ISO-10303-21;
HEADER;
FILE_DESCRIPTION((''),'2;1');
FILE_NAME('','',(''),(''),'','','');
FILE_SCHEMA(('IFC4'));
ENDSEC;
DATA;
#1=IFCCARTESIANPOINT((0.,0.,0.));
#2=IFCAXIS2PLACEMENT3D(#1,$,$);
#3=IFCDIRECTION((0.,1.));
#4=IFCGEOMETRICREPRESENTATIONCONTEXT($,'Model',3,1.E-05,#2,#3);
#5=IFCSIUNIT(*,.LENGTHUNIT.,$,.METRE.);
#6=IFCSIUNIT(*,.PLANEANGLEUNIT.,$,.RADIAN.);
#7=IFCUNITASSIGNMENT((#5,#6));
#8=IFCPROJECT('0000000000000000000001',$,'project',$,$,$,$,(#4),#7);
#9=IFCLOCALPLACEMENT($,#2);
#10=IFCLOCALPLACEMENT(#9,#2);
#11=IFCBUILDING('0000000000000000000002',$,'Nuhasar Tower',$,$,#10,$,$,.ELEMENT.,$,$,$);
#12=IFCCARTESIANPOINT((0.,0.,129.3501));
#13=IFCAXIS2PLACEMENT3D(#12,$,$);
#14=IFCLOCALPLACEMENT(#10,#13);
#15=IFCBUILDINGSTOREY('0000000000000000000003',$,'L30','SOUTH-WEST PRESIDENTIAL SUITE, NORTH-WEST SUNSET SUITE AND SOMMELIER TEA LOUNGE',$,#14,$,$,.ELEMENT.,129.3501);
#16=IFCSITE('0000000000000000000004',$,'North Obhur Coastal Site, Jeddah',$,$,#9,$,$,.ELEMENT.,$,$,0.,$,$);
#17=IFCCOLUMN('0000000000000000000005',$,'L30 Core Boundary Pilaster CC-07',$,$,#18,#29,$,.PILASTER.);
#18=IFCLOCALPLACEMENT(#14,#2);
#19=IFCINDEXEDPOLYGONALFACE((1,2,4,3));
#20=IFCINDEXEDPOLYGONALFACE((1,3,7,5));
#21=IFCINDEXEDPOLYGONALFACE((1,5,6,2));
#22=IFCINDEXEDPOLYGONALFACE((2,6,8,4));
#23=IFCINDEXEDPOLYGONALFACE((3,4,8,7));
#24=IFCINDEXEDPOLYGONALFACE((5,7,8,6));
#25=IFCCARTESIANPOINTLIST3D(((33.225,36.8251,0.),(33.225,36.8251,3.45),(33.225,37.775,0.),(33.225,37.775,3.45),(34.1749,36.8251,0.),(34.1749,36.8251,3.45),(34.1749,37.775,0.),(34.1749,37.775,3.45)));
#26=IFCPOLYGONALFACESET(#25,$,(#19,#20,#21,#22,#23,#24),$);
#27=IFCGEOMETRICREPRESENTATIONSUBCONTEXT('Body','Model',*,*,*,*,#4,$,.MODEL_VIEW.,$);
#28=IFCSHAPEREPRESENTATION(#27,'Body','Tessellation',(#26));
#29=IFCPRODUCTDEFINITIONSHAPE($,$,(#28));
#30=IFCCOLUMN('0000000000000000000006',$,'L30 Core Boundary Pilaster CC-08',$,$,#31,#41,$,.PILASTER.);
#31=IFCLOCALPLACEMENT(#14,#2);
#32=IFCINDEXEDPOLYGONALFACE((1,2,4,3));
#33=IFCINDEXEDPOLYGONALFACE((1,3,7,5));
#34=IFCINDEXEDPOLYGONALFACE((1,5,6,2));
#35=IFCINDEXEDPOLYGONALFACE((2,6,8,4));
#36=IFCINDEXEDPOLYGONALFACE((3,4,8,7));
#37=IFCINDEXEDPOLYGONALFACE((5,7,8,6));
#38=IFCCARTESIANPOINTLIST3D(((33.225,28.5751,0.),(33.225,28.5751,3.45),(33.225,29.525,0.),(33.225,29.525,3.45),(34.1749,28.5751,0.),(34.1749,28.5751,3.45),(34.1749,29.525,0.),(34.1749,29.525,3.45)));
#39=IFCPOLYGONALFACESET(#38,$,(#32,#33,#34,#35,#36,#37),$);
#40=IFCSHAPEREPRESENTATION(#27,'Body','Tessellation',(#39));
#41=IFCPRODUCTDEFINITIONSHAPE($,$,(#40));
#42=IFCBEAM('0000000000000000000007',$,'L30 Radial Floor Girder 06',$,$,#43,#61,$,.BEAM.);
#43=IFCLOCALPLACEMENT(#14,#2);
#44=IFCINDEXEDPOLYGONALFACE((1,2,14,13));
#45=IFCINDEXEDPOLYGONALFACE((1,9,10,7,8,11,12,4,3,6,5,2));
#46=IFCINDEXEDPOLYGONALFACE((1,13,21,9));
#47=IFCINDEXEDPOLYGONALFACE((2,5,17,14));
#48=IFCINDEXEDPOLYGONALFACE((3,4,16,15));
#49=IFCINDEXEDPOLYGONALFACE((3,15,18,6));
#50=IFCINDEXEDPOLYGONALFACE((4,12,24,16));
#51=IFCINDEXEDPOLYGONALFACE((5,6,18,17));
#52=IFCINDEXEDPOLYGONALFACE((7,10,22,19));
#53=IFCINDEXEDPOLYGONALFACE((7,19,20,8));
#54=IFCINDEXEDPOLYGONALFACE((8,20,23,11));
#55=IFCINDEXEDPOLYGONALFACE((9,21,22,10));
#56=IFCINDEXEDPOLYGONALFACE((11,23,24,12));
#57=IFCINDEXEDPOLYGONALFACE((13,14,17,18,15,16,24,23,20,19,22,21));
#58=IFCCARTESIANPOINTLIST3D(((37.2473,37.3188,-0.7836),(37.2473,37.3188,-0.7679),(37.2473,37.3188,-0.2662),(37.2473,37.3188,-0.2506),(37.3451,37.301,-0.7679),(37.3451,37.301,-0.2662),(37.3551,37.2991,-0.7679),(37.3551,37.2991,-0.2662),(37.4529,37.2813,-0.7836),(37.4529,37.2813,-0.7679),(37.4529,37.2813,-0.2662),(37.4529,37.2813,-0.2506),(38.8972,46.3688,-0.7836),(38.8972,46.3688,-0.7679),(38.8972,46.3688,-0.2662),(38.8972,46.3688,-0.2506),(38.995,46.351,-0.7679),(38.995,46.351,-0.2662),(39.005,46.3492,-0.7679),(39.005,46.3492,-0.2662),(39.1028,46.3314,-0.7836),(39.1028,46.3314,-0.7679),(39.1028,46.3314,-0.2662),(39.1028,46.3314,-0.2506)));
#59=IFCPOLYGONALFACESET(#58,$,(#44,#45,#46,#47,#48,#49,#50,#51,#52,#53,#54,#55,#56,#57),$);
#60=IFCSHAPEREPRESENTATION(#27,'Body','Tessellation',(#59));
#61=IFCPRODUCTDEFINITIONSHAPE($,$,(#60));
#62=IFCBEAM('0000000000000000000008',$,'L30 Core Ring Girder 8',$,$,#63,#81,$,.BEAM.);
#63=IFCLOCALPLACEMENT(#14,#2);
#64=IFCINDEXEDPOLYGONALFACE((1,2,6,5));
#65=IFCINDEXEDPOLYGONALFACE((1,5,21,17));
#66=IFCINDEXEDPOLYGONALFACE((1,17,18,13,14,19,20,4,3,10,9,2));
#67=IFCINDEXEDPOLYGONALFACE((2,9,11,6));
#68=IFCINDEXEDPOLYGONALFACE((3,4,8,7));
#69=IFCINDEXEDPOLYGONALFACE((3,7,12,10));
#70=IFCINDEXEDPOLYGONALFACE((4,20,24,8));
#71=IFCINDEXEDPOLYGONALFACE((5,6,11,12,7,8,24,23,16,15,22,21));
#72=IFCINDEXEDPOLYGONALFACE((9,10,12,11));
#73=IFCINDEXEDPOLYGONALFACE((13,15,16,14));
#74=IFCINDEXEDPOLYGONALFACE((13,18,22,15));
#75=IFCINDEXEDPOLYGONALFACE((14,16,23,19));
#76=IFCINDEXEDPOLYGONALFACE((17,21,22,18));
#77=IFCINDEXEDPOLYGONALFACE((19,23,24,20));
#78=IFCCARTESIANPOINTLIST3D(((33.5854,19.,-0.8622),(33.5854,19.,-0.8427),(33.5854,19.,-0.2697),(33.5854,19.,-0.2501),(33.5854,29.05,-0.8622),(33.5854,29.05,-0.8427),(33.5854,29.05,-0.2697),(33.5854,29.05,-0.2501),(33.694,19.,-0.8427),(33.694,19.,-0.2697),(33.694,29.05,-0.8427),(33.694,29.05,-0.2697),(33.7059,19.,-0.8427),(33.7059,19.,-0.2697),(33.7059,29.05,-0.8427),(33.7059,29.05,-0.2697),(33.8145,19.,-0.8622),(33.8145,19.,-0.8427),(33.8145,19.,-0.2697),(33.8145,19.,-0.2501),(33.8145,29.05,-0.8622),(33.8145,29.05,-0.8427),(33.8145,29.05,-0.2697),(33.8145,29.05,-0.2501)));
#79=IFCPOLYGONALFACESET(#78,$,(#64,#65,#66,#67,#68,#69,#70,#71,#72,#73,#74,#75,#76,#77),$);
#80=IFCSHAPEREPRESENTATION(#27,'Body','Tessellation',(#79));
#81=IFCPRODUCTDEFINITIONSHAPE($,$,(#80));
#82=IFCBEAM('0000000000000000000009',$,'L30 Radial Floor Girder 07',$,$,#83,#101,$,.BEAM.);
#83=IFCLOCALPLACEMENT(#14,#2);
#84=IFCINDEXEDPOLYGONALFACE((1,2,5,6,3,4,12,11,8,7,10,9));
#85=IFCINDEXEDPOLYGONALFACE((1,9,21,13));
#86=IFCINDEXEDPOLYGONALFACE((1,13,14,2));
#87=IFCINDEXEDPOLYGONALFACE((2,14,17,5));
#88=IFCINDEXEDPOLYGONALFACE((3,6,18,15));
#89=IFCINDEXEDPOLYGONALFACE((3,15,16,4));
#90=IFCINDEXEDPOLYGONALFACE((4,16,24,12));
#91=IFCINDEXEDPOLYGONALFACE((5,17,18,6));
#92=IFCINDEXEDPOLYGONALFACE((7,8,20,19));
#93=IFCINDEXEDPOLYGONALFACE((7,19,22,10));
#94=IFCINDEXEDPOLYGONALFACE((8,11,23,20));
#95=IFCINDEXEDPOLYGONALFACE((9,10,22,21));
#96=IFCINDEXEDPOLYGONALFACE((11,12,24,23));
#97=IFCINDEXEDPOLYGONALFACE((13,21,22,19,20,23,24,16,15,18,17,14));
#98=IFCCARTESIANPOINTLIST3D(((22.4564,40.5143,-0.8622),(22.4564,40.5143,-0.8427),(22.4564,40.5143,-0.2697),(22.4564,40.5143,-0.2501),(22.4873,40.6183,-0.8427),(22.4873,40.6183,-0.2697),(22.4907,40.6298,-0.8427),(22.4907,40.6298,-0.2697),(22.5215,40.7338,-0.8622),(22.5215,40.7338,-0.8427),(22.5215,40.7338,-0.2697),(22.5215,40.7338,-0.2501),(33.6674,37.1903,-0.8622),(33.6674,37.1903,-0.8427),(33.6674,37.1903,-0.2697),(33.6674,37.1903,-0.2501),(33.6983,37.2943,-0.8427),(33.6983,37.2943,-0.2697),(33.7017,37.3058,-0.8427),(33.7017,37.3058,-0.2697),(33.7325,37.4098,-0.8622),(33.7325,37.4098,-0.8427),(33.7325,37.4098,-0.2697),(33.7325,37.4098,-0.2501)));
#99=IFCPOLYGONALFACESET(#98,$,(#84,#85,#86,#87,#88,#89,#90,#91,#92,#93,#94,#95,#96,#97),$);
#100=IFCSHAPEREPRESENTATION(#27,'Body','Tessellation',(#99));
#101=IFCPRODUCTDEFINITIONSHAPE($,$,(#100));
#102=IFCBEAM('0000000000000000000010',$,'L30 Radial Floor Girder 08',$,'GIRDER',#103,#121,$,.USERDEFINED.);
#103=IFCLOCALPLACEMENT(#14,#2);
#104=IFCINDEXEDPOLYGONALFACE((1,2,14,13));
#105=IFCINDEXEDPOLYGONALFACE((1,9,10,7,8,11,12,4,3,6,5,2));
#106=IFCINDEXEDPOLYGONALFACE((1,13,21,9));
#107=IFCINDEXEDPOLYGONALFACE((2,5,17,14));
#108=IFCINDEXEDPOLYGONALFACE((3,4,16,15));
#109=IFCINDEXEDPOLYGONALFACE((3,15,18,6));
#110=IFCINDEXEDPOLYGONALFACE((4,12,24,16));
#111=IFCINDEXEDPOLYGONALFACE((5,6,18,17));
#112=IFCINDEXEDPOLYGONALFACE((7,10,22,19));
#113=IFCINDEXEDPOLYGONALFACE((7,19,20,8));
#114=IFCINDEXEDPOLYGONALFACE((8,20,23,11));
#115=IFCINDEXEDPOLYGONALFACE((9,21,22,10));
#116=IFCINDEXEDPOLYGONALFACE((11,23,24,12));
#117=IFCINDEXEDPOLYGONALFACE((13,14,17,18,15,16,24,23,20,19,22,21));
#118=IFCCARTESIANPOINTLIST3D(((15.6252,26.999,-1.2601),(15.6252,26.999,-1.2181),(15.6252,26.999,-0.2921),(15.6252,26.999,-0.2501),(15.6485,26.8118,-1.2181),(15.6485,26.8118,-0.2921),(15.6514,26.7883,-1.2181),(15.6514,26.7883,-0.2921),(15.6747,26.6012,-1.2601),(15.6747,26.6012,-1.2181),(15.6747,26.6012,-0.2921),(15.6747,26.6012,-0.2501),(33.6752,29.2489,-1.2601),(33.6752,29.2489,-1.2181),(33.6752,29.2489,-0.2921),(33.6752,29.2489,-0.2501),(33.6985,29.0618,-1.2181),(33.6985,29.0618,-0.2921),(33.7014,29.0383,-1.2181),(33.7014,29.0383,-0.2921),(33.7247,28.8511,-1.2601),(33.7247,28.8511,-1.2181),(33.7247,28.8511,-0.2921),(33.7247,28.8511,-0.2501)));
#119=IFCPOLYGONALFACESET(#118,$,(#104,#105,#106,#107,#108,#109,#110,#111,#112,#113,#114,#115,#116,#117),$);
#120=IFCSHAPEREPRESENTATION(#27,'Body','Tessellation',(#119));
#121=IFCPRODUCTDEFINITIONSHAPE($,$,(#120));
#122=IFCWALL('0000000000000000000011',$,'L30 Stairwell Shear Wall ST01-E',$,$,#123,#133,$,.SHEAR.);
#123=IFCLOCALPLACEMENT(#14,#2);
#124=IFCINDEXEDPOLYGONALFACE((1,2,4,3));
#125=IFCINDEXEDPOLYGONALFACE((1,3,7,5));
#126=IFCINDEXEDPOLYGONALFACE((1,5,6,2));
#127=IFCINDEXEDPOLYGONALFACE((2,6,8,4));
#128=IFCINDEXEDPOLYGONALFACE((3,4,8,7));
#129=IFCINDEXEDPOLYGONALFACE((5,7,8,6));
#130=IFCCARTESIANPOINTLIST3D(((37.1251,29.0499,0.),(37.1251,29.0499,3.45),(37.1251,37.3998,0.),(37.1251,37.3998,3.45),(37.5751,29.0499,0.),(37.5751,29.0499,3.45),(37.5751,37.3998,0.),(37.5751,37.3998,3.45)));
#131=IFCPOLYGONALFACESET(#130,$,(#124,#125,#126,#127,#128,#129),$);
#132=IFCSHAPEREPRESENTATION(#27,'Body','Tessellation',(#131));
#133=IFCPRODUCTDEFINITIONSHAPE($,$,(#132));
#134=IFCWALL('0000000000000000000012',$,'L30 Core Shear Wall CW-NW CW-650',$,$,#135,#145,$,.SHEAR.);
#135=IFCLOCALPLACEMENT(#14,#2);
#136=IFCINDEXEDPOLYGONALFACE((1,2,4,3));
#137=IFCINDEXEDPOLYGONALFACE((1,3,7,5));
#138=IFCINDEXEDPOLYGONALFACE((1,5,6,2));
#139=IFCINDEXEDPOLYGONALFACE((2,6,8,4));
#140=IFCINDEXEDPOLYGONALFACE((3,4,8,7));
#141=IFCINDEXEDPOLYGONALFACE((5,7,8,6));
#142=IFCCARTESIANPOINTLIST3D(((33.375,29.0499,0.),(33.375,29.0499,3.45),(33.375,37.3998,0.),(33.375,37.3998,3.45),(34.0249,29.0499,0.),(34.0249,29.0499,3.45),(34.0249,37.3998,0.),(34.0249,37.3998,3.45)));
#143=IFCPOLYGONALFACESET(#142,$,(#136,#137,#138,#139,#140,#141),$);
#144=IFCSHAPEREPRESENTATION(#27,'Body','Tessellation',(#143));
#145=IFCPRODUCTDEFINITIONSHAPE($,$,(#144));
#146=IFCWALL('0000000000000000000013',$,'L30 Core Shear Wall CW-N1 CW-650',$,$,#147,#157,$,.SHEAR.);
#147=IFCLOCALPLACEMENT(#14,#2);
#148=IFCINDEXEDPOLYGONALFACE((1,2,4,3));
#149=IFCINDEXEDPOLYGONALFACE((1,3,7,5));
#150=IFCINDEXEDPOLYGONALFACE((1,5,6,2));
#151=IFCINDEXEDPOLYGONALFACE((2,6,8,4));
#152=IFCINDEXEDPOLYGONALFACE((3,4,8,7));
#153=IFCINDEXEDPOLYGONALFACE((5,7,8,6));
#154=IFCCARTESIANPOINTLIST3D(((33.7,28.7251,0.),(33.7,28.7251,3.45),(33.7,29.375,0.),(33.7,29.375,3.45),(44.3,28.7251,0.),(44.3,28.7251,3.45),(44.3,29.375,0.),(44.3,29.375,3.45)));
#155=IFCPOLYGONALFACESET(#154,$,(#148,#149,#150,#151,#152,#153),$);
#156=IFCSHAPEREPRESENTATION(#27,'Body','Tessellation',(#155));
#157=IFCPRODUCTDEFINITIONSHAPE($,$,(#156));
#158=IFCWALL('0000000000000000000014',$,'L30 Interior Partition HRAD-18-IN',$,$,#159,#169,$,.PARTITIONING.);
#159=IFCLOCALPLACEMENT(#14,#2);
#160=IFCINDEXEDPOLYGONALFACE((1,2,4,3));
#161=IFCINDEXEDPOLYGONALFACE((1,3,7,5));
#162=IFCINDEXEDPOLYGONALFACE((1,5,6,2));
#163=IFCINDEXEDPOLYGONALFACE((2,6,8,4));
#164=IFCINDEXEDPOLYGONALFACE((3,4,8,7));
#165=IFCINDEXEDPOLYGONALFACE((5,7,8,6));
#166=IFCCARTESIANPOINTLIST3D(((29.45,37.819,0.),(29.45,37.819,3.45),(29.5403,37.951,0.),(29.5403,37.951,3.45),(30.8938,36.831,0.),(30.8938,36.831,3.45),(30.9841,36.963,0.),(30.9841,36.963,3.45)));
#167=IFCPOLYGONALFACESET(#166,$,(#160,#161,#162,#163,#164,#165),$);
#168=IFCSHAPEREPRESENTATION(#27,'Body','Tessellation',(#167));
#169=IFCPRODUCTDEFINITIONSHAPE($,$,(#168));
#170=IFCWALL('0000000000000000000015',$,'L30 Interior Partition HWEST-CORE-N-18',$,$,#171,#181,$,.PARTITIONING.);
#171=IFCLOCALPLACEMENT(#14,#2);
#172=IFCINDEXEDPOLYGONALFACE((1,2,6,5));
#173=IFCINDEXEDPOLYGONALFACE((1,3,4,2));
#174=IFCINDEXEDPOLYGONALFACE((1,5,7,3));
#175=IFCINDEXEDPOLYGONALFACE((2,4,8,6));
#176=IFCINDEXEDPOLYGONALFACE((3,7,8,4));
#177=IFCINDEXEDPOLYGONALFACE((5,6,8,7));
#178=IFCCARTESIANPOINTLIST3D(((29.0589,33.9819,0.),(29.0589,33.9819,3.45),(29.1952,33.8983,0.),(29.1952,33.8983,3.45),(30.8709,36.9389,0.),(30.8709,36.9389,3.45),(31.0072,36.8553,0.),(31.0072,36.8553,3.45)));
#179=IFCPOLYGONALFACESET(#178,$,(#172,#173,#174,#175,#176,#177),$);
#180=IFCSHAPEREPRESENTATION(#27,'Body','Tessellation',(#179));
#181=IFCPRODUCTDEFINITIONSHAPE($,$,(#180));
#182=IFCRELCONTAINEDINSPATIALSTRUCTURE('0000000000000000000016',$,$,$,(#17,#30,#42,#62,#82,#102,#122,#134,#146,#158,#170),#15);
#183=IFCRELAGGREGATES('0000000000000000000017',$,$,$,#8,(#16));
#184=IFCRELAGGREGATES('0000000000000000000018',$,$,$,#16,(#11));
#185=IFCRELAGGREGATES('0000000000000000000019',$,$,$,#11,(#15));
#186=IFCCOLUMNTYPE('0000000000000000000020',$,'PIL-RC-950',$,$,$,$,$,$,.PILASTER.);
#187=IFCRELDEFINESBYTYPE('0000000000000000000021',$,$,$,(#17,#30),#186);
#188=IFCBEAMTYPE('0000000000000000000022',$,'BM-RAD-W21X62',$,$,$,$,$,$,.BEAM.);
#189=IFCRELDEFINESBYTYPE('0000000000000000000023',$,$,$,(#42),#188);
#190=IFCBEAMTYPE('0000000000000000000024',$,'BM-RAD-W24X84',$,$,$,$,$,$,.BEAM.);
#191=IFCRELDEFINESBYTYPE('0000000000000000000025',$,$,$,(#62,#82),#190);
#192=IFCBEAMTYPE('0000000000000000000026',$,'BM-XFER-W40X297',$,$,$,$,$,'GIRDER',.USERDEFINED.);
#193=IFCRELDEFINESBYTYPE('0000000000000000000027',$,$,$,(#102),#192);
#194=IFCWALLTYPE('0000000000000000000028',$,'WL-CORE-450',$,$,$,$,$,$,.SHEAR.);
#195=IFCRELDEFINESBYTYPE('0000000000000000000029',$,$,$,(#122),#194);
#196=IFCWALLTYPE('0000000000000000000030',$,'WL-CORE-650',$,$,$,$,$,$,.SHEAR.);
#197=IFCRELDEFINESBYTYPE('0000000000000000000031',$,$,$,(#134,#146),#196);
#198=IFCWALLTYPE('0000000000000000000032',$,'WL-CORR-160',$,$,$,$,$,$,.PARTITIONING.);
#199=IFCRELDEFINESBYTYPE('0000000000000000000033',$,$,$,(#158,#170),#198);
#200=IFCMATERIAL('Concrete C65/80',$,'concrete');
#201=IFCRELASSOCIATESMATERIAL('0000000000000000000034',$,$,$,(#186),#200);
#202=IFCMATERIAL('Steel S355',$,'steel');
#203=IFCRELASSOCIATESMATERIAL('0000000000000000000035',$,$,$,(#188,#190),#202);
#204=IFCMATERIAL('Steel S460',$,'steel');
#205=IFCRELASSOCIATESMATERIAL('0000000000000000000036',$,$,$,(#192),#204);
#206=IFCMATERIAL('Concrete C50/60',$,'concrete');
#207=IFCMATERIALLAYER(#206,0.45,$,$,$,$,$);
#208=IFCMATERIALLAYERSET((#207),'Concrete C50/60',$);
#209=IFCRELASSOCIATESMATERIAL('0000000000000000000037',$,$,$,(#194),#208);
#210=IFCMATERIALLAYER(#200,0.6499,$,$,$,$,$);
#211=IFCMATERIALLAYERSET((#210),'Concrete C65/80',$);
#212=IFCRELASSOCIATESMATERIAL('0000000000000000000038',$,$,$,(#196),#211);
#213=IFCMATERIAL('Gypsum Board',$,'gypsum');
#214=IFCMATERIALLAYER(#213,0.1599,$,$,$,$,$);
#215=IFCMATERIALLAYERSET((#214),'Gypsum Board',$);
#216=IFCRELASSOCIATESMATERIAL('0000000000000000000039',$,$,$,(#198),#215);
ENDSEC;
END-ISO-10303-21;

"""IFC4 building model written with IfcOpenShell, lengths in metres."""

from ifc_helpers import new_model, si_unit, direction, frame, frame_2d, origin, origin_2d, place, context, subcontext, project, spatial, rectangle, i_section, extrude, material, layer, layer_set, material_profile, profile_set, type_object, element, save


model = new_model("IFC4")

# Units and contexts
model_context = context("Model", 3, precision=1e-05, world=origin(), true_north=direction((0.0, 1.0)))
body_context = subcontext(model_context, "Body", "Model", "MODEL_VIEW")
ifc_project = project(units=[si_unit("LENGTHUNIT", "METRE"), si_unit("PLANEANGLEUNIT", "RADIAN")], contexts=[model_context])

# Site, building, storey
site_placement = place(None, origin())
site = spatial("IfcSite", under=ifc_project, at=site_placement, Name="North Obhur Coastal Site, Jeddah", CompositionType="ELEMENT", RefElevation=0.0)
building_placement = place(site_placement, origin())
building = spatial("IfcBuilding", under=site, at=building_placement, Name="Nuhasar Tower", CompositionType="ELEMENT")
storey_placement = place(building_placement, frame((0.0, 0.0, 129.3501)))
storey = spatial("IfcBuildingStorey", under=building, at=storey_placement, Name="L30", Description="SOUTH-WEST PRESIDENTIAL SUITE, NORTH-WEST SUNSET SUITE AND SOMMELIER TEA LOUNGE", CompositionType="ELEMENT", Elevation=129.3501)

# Columns
ifc_material_1 = material(Name="Concrete C65/80", Category="concrete")
ifc_material_profile_1 = material_profile(ifc_material_1, rectangle(XDim=0.95, YDim=0.95, at=origin_2d()), Name="RC950X950")
ifc_profile_set_1 = profile_set([ifc_material_profile_1], Name="Concrete C65/80")
column_type = type_object("IfcColumnType", Name="PIL-RC-950", PredefinedType="PILASTER", material=ifc_profile_set_1)
for number, where, z_axis, x_axis, name in (
    (1, (33.7, 37.3, 0.0), (0.0, 0.0, 1.0), (1.0, 0.0, 0.0), "L30 Core Boundary Pilaster CC-07"),
    (2, (33.7, 29.05, 0.0), (0.0, 0.0, 1.0), (1.0, 0.0, 0.0), "L30 Core Boundary Pilaster CC-08"),
):
    element("IfcColumn", number, at=place(storey_placement, frame(where, z_axis=z_axis, x_axis=x_axis)), inside=storey, type_object=column_type, Name=name, PredefinedType="PILASTER", context=body_context, shape_type="SweptSolid", body=[
        extrude(rectangle(XDim=0.95, YDim=0.95, at=origin_2d()), origin(), (0.0, 0.0, 1.0), 3.45),
    ])

# Beams
ifc_material_2 = material(Name="Steel S355", Category="steel")
ifc_material_profile_2 = material_profile(ifc_material_2, i_section(OverallWidth=0.209, OverallDepth=0.533, WebThickness=0.0103, FlangeThickness=0.0156, at=origin_2d()), Name="W21X62")
ifc_profile_set_2 = profile_set([ifc_material_profile_2], Name="Steel S355")
beam_type_1 = type_object("IfcBeamType", Name="BM-RAD-W21X62", PredefinedType="BEAM", material=ifc_profile_set_2)
beam_1_placement = place(storey_placement, frame((37.3501, 37.3, -0.5171), z_axis=(0.179353, 0.983785, 0.0), x_axis=(-0.983785, 0.179353, 0.0)))
element("IfcBeam", 3, at=beam_1_placement, inside=storey, type_object=beam_type_1, Name="L30 Radial Floor Girder 06", PredefinedType="BEAM", context=body_context, shape_type="SweptSolid", body=[
    extrude(i_section(OverallWidth=0.209, OverallDepth=0.533, WebThickness=0.0103, FlangeThickness=0.0156, at=origin_2d()), origin(), (0.0, 0.0, 1.0), 9.1992),
])
ifc_material_profile_3 = material_profile(ifc_material_2, i_section(OverallWidth=0.229, OverallDepth=0.6121, WebThickness=0.012, FlangeThickness=0.0195, at=origin_2d()), Name="W24X84")
ifc_profile_set_3 = profile_set([ifc_material_profile_3], Name="Steel S355")
beam_type_2 = type_object("IfcBeamType", Name="BM-RAD-W24X84", PredefinedType="BEAM", material=ifc_profile_set_3)
beam_2_placement = place(storey_placement, frame((33.7, 29.05, -0.5562), z_axis=(0.0, -1.0, 0.0), x_axis=(1.0, 0.0, 0.0)))
element("IfcBeam", 4, at=beam_2_placement, inside=storey, type_object=beam_type_2, Name="L30 Core Ring Girder 8", PredefinedType="BEAM", context=body_context, shape_type="SweptSolid", body=[
    extrude(i_section(OverallWidth=0.229, OverallDepth=0.6121, WebThickness=0.012, FlangeThickness=0.0195, at=origin_2d()), origin(), (0.0, 0.0, 1.0), 10.05),
])
beam_3_placement = place(storey_placement, frame((33.7, 37.3, -0.5562), z_axis=(-0.958746, 0.284262, 0.0), x_axis=(-0.284262, -0.958746, 0.0)))
element("IfcBeam", 5, at=beam_3_placement, inside=storey, type_object=beam_type_2, Name="L30 Radial Floor Girder 07", PredefinedType="BEAM", context=body_context, shape_type="SweptSolid", body=[
    extrude(i_section(OverallWidth=0.229, OverallDepth=0.6121, WebThickness=0.012, FlangeThickness=0.0195, at=origin_2d()), origin(), (0.0, 0.0, 1.0), 11.6934),
])
ifc_material_3 = material(Name="Steel S460", Category="steel")
ifc_material_profile_4 = material_profile(ifc_material_3, i_section(OverallWidth=0.4009, OverallDepth=1.01, WebThickness=0.0237, FlangeThickness=0.042, at=origin_2d()), Name="W40X297")
ifc_profile_set_4 = profile_set([ifc_material_profile_4], Name="Steel S460")
beam_type_3 = type_object("IfcBeamType", Name="BM-XFER-W40X297", ElementType="GIRDER", PredefinedType="USERDEFINED", material=ifc_profile_set_4)
beam_4_placement = place(storey_placement, frame((33.7, 29.05, -0.7551), z_axis=(-0.99232, -0.123696, 0.0), x_axis=(0.123696, -0.99232, 0.0)))
element("IfcBeam", 6, at=beam_4_placement, inside=storey, type_object=beam_type_3, Name="L30 Radial Floor Girder 08", ObjectType="GIRDER", PredefinedType="USERDEFINED", context=body_context, shape_type="SweptSolid", body=[
    extrude(i_section(OverallWidth=0.4009, OverallDepth=1.01, WebThickness=0.0237, FlangeThickness=0.042, at=origin_2d()), origin(), (0.0, 0.0, 1.0), 18.1897),
])

# Walls
ifc_material_4 = material(Name="Concrete C50/60", Category="concrete")
ifc_layer_1 = layer(ifc_material_4, 0.45)
ifc_layer_set_1 = layer_set([ifc_layer_1], Name="Concrete C50/60")
wall_type_1 = type_object("IfcWallType", Name="WL-CORE-450", PredefinedType="SHEAR", material=ifc_layer_set_1)
wall_1_placement = place(storey_placement, frame((37.3501, 29.05, 0.0), z_axis=(0.0, 0.0, 1.0), x_axis=(0.0, 1.0, 0.0)))
element("IfcWall", 7, at=wall_1_placement, inside=storey, type_object=wall_type_1, Name="L30 Stairwell Shear Wall ST01-E", PredefinedType="SHEAR", context=body_context, shape_type="SweptSolid", body=[
    extrude(rectangle(XDim=8.3499, YDim=0.45, at=frame_2d((4.1748, 0.0))), origin(), (0.0, 0.0, 1.0), 3.45),
])
ifc_layer_2 = layer(ifc_material_1, 0.6499)
ifc_layer_set_2 = layer_set([ifc_layer_2], Name="Concrete C65/80")
wall_type_2 = type_object("IfcWallType", Name="WL-CORE-650", PredefinedType="SHEAR", material=ifc_layer_set_2)
wall_2_placement = place(storey_placement, frame((33.7, 29.05, 0.0), z_axis=(0.0, 0.0, 1.0), x_axis=(0.0, 1.0, 0.0)))
element("IfcWall", 8, at=wall_2_placement, inside=storey, type_object=wall_type_2, Name="L30 Core Shear Wall CW-NW CW-650", PredefinedType="SHEAR", context=body_context, shape_type="SweptSolid", body=[
    extrude(rectangle(XDim=8.3499, YDim=0.6499, at=frame_2d((4.1748, 0.0))), origin(), (0.0, 0.0, 1.0), 3.45),
])
wall_3_placement = place(storey_placement, frame((33.7, 29.05, 0.0), z_axis=(0.0, 0.0, 1.0), x_axis=(1.0, 0.0, 0.0)))
element("IfcWall", 9, at=wall_3_placement, inside=storey, type_object=wall_type_2, Name="L30 Core Shear Wall CW-N1 CW-650", PredefinedType="SHEAR", context=body_context, shape_type="SweptSolid", body=[
    extrude(rectangle(XDim=10.6001, YDim=0.6499, at=frame_2d((5.3, 0.0))), origin(), (0.0, 0.0, 1.0), 3.45),
])
ifc_material_5 = material(Name="Gypsum Board", Category="gypsum")
ifc_layer_3 = layer(ifc_material_5, 0.1599)
ifc_layer_set_3 = layer_set([ifc_layer_3], Name="Gypsum Board")
wall_type_3 = type_object("IfcWallType", Name="WL-CORR-160", PredefinedType="PARTITIONING", material=ifc_layer_set_3)
wall_4_placement = place(storey_placement, frame((30.939, 36.897, 0.0), z_axis=(0.0, 0.0, 1.0), x_axis=(-0.82527, 0.564739, 0.0)))
element("IfcWall", 10, at=wall_4_placement, inside=storey, type_object=wall_type_3, Name="L30 Interior Partition HRAD-18-IN", PredefinedType="PARTITIONING", context=body_context, shape_type="SweptSolid", body=[
    extrude(rectangle(XDim=1.7495, YDim=0.1599, at=frame_2d((0.8748, 0.0))), origin(), (0.0, 0.0, 1.0), 3.45),
])
wall_5_placement = place(storey_placement, frame((30.939, 36.897, 0.0), z_axis=(0.0, 0.0, 1.0), x_axis=(-0.522486, -0.852648, 0.0)))
element("IfcWall", 11, at=wall_5_placement, inside=storey, type_object=wall_type_3, Name="L30 Interior Partition HWEST-CORE-N-18", PredefinedType="PARTITIONING", context=body_context, shape_type="SweptSolid", body=[
    extrude(rectangle(XDim=3.468, YDim=0.1599, at=frame_2d((1.7339, 0.0))), origin(), (0.0, 0.0, 1.0), 3.45),
])

save(model, "model.ifc")
